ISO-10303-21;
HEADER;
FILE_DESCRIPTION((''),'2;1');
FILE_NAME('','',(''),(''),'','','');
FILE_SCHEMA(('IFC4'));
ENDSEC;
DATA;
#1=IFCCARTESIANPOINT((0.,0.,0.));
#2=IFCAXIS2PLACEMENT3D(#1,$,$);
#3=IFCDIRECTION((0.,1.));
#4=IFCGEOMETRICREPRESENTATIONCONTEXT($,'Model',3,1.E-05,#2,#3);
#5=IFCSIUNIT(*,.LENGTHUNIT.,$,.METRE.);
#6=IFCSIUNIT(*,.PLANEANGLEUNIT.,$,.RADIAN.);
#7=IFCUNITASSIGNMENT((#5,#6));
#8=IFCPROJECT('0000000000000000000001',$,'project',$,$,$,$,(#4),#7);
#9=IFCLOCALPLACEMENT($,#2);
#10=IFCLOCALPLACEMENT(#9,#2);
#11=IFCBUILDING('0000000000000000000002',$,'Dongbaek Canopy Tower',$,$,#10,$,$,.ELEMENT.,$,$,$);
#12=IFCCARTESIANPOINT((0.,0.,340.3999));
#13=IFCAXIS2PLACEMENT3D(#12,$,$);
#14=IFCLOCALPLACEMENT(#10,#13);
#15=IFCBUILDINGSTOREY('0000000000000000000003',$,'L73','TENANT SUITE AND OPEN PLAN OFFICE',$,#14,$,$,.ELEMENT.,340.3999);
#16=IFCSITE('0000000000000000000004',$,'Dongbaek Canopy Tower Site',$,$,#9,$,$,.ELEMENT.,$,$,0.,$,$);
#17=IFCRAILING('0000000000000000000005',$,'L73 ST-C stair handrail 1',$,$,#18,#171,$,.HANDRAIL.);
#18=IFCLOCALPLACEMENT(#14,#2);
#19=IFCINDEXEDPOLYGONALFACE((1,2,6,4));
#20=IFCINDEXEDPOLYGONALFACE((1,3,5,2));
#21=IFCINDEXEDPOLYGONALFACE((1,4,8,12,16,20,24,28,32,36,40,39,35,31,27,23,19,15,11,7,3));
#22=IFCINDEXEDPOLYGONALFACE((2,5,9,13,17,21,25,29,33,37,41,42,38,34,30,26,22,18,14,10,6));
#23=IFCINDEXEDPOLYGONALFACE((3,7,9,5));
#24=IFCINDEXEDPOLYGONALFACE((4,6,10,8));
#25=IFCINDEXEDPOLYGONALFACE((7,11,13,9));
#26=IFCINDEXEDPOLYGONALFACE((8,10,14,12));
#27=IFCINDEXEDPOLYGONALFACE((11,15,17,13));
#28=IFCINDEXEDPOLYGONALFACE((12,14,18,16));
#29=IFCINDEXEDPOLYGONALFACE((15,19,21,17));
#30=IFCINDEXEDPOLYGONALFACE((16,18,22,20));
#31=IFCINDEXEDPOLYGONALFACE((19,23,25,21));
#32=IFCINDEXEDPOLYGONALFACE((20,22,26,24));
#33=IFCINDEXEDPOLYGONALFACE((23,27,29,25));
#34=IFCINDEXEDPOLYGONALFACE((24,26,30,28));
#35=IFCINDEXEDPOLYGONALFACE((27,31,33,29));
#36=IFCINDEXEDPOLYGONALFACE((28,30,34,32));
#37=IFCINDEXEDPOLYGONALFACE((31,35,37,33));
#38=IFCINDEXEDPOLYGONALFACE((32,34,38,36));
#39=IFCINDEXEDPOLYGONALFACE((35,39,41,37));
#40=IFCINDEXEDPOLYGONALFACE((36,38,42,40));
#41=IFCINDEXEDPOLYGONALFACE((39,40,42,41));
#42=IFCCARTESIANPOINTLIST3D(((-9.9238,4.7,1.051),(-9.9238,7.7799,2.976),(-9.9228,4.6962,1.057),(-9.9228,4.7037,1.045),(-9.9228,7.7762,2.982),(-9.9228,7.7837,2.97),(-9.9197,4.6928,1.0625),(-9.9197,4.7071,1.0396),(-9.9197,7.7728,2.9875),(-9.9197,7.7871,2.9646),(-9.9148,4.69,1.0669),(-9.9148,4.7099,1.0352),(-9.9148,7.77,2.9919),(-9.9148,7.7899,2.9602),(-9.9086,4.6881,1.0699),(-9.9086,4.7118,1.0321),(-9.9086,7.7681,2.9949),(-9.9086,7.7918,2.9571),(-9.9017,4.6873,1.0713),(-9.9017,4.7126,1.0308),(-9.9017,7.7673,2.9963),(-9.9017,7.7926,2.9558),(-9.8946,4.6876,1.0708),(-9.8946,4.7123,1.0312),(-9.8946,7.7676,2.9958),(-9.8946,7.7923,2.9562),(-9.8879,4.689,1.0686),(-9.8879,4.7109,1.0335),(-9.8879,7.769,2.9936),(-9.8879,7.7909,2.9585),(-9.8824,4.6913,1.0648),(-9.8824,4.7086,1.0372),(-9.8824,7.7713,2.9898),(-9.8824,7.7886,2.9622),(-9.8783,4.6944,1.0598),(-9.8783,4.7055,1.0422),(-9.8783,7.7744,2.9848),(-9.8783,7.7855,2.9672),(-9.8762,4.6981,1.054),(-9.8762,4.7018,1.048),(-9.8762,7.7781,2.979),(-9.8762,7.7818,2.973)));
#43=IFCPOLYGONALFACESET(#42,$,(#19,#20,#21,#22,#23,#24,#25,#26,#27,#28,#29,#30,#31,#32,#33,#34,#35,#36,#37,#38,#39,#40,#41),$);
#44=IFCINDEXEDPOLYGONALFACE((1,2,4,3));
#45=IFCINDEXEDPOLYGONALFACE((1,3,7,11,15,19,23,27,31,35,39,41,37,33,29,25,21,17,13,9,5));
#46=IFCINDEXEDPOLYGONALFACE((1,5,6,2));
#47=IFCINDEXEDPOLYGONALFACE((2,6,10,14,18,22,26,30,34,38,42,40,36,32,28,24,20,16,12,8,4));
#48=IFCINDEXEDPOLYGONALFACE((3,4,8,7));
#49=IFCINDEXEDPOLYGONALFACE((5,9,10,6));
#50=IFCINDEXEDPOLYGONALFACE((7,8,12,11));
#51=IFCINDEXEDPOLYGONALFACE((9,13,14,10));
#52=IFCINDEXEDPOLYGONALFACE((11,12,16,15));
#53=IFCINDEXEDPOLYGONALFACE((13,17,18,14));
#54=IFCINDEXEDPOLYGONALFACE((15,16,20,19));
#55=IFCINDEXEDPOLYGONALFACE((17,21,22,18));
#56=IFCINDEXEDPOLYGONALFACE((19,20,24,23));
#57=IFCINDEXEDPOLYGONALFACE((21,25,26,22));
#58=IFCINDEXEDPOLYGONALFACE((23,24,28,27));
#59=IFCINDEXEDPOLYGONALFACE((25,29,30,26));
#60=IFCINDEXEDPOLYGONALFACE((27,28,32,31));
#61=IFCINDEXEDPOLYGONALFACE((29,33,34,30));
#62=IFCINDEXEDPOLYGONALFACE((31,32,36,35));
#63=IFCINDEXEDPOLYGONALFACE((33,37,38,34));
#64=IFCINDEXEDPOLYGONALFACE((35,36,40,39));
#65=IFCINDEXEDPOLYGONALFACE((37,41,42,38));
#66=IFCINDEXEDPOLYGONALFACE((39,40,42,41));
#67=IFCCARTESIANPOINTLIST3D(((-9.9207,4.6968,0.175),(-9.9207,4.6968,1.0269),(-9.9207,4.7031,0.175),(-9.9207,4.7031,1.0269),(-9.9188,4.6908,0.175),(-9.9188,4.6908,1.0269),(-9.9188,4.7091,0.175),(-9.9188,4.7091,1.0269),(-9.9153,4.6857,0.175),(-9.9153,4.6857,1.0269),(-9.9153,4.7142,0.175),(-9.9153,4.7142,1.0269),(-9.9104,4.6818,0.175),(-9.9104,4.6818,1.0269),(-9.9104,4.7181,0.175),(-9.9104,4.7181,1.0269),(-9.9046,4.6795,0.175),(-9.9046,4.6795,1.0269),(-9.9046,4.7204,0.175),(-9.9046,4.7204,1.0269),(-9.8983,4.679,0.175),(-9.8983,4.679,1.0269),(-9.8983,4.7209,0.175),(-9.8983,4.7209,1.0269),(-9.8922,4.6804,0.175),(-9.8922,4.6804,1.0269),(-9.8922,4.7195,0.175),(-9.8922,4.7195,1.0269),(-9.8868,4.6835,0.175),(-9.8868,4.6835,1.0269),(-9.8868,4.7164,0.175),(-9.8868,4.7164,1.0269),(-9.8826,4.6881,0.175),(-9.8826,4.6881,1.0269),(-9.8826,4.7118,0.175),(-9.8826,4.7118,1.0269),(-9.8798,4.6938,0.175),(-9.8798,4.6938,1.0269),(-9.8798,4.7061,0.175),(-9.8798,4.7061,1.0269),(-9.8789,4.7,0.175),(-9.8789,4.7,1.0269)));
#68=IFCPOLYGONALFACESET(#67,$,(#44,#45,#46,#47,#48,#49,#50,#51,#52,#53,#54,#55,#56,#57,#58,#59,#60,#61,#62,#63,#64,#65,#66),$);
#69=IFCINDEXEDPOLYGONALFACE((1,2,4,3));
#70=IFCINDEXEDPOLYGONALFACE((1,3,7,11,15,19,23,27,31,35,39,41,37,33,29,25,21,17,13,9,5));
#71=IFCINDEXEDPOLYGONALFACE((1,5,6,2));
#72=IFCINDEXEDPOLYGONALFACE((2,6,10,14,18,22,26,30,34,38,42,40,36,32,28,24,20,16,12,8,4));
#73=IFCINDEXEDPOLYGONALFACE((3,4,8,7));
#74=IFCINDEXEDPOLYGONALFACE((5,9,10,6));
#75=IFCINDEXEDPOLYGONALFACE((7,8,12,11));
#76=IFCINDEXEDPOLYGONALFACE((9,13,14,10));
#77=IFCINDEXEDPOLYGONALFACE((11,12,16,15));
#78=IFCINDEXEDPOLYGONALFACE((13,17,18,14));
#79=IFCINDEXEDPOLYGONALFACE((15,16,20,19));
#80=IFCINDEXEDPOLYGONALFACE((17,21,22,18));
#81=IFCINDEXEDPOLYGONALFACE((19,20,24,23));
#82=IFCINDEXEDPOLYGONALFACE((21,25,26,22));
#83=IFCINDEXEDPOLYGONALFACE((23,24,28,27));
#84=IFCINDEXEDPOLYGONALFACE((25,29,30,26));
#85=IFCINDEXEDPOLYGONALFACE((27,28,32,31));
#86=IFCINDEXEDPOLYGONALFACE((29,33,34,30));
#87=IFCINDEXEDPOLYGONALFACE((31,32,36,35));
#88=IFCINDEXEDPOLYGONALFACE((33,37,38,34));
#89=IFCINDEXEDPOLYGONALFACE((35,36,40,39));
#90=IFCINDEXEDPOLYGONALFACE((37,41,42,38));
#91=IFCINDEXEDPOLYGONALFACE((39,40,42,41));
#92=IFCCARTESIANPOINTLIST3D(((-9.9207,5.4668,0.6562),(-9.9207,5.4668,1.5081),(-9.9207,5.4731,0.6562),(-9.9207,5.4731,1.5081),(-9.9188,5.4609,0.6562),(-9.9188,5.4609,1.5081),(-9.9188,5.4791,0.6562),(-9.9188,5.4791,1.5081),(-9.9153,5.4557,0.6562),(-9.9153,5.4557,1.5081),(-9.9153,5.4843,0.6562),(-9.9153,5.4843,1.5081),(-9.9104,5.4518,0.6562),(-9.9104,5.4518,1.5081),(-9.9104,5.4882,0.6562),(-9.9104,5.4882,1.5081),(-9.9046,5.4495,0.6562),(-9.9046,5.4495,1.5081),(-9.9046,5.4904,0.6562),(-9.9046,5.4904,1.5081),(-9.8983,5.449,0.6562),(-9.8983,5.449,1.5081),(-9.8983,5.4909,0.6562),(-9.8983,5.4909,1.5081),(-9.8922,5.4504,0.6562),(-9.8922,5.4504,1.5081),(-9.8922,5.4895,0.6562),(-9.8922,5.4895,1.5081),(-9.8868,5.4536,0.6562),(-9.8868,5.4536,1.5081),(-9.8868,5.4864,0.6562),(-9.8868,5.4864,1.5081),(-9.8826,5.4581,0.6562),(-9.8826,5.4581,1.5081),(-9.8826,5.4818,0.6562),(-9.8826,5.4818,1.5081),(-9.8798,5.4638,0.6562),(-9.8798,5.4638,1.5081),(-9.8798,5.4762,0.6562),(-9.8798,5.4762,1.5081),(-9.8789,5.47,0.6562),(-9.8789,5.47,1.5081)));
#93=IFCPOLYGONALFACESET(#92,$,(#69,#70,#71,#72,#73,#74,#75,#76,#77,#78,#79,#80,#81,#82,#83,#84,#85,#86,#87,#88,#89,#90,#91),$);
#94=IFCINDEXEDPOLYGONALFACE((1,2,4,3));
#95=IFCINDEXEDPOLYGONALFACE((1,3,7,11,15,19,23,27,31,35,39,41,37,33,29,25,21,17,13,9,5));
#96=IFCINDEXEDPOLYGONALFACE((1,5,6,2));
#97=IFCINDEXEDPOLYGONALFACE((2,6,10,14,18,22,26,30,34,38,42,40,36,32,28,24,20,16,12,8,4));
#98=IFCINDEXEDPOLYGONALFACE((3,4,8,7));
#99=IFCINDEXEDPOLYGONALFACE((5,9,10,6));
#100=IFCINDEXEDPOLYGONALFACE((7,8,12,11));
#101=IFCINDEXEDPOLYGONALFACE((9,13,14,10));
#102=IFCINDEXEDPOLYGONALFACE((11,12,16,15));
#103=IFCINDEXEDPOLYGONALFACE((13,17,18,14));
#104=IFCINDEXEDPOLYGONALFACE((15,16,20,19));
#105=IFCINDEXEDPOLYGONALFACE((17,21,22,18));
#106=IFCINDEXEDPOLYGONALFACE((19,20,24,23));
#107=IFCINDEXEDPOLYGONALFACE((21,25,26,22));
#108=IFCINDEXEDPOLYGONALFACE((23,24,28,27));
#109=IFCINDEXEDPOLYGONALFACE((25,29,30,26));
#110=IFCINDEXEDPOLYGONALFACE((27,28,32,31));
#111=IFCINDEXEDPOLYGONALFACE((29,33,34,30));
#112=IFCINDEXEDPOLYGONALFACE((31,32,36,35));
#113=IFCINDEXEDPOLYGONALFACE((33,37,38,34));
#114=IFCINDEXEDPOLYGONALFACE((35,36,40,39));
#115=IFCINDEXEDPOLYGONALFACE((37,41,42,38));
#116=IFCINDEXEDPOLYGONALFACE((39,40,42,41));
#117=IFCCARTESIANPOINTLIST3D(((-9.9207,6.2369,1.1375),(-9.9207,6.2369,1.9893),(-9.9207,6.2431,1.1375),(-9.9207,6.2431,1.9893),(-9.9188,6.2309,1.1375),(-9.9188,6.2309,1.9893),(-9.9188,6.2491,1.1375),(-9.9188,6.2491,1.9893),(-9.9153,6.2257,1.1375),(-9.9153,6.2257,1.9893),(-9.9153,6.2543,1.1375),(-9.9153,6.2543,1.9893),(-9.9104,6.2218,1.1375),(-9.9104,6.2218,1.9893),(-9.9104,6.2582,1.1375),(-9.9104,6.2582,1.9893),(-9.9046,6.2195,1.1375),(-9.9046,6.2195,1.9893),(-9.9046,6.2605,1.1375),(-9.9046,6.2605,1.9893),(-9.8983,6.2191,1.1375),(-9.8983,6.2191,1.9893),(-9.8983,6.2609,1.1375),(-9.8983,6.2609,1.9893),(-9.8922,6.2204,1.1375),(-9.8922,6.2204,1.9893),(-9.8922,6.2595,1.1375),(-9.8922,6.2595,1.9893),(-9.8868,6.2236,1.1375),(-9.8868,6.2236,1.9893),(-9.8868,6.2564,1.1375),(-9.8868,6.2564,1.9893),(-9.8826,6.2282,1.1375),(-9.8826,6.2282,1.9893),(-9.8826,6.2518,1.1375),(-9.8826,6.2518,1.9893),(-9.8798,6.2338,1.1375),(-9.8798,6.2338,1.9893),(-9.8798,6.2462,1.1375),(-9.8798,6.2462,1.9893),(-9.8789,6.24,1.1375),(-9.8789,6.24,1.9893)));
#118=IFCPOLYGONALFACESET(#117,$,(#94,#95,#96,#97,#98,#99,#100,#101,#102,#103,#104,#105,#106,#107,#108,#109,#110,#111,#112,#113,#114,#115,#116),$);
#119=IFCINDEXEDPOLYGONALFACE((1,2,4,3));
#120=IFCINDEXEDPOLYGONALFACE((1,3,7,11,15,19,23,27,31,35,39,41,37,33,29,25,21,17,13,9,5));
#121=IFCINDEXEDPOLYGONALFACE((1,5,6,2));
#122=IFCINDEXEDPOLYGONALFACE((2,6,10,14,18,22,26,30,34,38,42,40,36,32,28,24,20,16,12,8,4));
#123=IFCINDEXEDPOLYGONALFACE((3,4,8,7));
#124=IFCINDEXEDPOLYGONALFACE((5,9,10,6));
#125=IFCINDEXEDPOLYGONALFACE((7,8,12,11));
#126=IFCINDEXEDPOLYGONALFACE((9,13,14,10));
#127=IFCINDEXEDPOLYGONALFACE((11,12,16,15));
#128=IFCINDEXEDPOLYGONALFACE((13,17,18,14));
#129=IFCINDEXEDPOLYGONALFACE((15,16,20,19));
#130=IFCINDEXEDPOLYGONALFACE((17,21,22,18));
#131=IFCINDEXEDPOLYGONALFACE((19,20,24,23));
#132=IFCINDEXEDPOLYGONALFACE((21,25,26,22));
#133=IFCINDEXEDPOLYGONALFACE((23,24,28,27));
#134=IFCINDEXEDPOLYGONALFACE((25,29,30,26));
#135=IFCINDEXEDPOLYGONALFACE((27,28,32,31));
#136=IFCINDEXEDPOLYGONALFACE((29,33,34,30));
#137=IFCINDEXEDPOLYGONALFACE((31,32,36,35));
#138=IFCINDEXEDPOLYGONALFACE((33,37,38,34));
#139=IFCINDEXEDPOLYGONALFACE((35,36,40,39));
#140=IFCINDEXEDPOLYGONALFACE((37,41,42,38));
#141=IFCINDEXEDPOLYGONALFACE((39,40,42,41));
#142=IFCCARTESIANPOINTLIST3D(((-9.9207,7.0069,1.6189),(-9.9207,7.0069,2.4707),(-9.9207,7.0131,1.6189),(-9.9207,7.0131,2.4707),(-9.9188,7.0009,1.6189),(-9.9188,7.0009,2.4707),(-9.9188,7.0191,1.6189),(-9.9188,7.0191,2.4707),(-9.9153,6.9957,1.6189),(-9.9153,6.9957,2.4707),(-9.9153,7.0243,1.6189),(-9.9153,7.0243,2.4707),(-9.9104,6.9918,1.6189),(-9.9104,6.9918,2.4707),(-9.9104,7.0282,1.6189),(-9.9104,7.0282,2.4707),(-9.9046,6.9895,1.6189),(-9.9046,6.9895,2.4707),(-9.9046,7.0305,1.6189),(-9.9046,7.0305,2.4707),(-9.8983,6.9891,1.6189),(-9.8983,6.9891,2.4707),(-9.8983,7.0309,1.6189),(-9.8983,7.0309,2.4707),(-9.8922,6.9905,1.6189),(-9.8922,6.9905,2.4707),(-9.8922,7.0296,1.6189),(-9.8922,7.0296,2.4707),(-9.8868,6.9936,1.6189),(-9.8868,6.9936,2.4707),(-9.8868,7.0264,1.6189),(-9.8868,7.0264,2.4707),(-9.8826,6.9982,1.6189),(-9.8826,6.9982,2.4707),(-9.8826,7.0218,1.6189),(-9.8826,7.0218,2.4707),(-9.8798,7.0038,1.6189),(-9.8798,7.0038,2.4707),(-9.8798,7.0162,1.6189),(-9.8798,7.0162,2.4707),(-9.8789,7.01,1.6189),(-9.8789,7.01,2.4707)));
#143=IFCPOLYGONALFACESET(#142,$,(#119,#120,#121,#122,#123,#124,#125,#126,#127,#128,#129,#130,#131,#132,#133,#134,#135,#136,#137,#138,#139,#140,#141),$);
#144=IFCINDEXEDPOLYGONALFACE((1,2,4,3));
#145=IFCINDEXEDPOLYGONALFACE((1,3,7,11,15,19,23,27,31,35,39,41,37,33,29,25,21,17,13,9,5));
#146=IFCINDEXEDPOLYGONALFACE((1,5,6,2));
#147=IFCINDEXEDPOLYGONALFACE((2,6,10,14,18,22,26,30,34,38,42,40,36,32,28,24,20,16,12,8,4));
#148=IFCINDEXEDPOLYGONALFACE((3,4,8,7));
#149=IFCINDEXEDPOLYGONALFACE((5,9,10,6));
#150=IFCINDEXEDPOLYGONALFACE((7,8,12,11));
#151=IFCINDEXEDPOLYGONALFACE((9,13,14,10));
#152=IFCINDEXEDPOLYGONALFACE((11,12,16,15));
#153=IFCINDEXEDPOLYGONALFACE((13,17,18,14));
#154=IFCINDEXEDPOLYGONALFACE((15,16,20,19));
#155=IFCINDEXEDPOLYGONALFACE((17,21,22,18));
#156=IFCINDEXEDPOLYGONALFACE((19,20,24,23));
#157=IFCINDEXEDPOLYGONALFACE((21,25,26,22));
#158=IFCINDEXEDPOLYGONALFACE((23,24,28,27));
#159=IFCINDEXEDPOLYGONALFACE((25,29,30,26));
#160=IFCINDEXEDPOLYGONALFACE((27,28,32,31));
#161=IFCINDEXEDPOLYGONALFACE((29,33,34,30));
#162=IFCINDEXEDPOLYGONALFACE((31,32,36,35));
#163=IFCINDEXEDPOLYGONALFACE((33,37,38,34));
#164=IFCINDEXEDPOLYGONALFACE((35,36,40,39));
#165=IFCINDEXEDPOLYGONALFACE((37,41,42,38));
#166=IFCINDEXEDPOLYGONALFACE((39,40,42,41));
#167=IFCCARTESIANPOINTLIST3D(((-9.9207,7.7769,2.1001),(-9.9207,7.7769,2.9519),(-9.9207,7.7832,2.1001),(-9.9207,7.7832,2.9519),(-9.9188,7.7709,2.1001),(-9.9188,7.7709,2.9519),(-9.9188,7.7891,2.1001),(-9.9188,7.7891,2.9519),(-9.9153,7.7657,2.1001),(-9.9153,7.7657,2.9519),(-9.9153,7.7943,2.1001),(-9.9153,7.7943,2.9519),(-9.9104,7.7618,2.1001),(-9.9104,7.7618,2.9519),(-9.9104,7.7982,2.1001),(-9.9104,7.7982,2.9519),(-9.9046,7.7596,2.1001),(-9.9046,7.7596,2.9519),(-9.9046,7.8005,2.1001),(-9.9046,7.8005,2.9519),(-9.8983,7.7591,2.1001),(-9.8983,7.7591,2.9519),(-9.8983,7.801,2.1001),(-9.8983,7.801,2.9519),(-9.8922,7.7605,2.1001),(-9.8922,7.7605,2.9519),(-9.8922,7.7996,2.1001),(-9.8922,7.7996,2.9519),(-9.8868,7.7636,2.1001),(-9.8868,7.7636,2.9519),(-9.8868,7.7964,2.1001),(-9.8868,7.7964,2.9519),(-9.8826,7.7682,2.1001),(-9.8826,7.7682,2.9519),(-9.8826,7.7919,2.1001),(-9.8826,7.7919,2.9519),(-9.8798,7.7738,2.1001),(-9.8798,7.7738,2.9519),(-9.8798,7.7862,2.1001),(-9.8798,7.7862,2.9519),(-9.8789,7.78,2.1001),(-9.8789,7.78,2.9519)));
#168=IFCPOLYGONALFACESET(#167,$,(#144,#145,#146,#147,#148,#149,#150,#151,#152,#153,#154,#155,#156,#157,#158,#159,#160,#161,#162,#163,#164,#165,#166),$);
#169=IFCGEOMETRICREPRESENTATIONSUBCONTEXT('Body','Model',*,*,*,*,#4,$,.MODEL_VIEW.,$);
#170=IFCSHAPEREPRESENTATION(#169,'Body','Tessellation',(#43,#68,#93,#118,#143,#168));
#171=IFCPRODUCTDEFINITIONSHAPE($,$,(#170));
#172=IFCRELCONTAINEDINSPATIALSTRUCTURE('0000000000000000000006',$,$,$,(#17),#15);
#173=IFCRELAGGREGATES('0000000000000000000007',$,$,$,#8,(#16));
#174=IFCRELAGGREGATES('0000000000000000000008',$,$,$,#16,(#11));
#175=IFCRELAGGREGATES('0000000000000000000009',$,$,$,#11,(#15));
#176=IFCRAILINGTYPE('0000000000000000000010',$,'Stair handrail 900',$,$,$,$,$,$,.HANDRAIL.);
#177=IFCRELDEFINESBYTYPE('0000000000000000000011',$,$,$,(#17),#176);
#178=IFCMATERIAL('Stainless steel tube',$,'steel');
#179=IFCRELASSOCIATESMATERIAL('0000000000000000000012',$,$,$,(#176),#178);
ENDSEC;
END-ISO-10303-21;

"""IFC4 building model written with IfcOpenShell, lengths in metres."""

from ifc_helpers import new_model, si_unit, direction, frame, origin, origin_2d, place, context, subcontext, project, spatial, circle, extrude, material, type_object, element, save


model = new_model("IFC4")

# Units and contexts
model_context = context("Model", 3, precision=1e-05, world=origin(), true_north=direction((0.0, 1.0)))
body_context = subcontext(model_context, "Body", "Model", "MODEL_VIEW")
ifc_project = project(units=[si_unit("LENGTHUNIT", "METRE"), si_unit("PLANEANGLEUNIT", "RADIAN")], contexts=[model_context])

# Site, building, storey
site_placement = place(None, origin())
site = spatial("IfcSite", under=ifc_project, at=site_placement, Name="Dongbaek Canopy Tower Site", CompositionType="ELEMENT", RefElevation=0.0)
building_placement = place(site_placement, origin())
building = spatial("IfcBuilding", under=site, at=building_placement, Name="Dongbaek Canopy Tower", CompositionType="ELEMENT")
storey_placement = place(building_placement, frame((0.0, 0.0, 340.3999)))
storey = spatial("IfcBuildingStorey", under=building, at=storey_placement, Name="L73", Description="TENANT SUITE AND OPEN PLAN OFFICE", CompositionType="ELEMENT", Elevation=340.3999)

# Railing
ifc_material_1 = material(Name="Stainless steel tube", Category="steel")
railing_type_1 = type_object("IfcRailingType", Name="Stair handrail 900", PredefinedType="HANDRAIL", material=ifc_material_1)
railing_1_placement = place(storey_placement, frame((-9.8999, 4.7, 0.175)))
element("IfcRailing", 1, at=railing_1_placement, inside=storey, type_object=railing_type_1, Name="L73 ST-C stair handrail 1", PredefinedType="HANDRAIL", context=body_context, shape_type="SweptSolid", body=[
    extrude(circle(Radius=0.0239, at=origin_2d()), frame((0.0, 0.0, 0.876), z_axis=(0.0, 0.847998, 0.529999), x_axis=(-1.0, 0.0, 0.0)), (0.0, 0.0, 1.0), 3.6321),
    extrude(circle(Radius=0.021, at=origin_2d()), origin(), (0.0, 0.0, 1.0), 0.8518),
    extrude(circle(Radius=0.021, at=origin_2d()), frame((0.0, 0.77, 0.4812)), (0.0, 0.0, 1.0), 0.8518),
    extrude(circle(Radius=0.021, at=origin_2d()), frame((0.0, 1.54, 0.9624)), (0.0, 0.0, 1.0), 0.8518),
    extrude(circle(Radius=0.021, at=origin_2d()), frame((0.0, 2.3101, 1.4438)), (0.0, 0.0, 1.0), 0.8518),
    extrude(circle(Radius=0.021, at=origin_2d()), frame((0.0, 3.0801, 1.925)), (0.0, 0.0, 1.0), 0.8518),
])

save(model, "model.ifc")
